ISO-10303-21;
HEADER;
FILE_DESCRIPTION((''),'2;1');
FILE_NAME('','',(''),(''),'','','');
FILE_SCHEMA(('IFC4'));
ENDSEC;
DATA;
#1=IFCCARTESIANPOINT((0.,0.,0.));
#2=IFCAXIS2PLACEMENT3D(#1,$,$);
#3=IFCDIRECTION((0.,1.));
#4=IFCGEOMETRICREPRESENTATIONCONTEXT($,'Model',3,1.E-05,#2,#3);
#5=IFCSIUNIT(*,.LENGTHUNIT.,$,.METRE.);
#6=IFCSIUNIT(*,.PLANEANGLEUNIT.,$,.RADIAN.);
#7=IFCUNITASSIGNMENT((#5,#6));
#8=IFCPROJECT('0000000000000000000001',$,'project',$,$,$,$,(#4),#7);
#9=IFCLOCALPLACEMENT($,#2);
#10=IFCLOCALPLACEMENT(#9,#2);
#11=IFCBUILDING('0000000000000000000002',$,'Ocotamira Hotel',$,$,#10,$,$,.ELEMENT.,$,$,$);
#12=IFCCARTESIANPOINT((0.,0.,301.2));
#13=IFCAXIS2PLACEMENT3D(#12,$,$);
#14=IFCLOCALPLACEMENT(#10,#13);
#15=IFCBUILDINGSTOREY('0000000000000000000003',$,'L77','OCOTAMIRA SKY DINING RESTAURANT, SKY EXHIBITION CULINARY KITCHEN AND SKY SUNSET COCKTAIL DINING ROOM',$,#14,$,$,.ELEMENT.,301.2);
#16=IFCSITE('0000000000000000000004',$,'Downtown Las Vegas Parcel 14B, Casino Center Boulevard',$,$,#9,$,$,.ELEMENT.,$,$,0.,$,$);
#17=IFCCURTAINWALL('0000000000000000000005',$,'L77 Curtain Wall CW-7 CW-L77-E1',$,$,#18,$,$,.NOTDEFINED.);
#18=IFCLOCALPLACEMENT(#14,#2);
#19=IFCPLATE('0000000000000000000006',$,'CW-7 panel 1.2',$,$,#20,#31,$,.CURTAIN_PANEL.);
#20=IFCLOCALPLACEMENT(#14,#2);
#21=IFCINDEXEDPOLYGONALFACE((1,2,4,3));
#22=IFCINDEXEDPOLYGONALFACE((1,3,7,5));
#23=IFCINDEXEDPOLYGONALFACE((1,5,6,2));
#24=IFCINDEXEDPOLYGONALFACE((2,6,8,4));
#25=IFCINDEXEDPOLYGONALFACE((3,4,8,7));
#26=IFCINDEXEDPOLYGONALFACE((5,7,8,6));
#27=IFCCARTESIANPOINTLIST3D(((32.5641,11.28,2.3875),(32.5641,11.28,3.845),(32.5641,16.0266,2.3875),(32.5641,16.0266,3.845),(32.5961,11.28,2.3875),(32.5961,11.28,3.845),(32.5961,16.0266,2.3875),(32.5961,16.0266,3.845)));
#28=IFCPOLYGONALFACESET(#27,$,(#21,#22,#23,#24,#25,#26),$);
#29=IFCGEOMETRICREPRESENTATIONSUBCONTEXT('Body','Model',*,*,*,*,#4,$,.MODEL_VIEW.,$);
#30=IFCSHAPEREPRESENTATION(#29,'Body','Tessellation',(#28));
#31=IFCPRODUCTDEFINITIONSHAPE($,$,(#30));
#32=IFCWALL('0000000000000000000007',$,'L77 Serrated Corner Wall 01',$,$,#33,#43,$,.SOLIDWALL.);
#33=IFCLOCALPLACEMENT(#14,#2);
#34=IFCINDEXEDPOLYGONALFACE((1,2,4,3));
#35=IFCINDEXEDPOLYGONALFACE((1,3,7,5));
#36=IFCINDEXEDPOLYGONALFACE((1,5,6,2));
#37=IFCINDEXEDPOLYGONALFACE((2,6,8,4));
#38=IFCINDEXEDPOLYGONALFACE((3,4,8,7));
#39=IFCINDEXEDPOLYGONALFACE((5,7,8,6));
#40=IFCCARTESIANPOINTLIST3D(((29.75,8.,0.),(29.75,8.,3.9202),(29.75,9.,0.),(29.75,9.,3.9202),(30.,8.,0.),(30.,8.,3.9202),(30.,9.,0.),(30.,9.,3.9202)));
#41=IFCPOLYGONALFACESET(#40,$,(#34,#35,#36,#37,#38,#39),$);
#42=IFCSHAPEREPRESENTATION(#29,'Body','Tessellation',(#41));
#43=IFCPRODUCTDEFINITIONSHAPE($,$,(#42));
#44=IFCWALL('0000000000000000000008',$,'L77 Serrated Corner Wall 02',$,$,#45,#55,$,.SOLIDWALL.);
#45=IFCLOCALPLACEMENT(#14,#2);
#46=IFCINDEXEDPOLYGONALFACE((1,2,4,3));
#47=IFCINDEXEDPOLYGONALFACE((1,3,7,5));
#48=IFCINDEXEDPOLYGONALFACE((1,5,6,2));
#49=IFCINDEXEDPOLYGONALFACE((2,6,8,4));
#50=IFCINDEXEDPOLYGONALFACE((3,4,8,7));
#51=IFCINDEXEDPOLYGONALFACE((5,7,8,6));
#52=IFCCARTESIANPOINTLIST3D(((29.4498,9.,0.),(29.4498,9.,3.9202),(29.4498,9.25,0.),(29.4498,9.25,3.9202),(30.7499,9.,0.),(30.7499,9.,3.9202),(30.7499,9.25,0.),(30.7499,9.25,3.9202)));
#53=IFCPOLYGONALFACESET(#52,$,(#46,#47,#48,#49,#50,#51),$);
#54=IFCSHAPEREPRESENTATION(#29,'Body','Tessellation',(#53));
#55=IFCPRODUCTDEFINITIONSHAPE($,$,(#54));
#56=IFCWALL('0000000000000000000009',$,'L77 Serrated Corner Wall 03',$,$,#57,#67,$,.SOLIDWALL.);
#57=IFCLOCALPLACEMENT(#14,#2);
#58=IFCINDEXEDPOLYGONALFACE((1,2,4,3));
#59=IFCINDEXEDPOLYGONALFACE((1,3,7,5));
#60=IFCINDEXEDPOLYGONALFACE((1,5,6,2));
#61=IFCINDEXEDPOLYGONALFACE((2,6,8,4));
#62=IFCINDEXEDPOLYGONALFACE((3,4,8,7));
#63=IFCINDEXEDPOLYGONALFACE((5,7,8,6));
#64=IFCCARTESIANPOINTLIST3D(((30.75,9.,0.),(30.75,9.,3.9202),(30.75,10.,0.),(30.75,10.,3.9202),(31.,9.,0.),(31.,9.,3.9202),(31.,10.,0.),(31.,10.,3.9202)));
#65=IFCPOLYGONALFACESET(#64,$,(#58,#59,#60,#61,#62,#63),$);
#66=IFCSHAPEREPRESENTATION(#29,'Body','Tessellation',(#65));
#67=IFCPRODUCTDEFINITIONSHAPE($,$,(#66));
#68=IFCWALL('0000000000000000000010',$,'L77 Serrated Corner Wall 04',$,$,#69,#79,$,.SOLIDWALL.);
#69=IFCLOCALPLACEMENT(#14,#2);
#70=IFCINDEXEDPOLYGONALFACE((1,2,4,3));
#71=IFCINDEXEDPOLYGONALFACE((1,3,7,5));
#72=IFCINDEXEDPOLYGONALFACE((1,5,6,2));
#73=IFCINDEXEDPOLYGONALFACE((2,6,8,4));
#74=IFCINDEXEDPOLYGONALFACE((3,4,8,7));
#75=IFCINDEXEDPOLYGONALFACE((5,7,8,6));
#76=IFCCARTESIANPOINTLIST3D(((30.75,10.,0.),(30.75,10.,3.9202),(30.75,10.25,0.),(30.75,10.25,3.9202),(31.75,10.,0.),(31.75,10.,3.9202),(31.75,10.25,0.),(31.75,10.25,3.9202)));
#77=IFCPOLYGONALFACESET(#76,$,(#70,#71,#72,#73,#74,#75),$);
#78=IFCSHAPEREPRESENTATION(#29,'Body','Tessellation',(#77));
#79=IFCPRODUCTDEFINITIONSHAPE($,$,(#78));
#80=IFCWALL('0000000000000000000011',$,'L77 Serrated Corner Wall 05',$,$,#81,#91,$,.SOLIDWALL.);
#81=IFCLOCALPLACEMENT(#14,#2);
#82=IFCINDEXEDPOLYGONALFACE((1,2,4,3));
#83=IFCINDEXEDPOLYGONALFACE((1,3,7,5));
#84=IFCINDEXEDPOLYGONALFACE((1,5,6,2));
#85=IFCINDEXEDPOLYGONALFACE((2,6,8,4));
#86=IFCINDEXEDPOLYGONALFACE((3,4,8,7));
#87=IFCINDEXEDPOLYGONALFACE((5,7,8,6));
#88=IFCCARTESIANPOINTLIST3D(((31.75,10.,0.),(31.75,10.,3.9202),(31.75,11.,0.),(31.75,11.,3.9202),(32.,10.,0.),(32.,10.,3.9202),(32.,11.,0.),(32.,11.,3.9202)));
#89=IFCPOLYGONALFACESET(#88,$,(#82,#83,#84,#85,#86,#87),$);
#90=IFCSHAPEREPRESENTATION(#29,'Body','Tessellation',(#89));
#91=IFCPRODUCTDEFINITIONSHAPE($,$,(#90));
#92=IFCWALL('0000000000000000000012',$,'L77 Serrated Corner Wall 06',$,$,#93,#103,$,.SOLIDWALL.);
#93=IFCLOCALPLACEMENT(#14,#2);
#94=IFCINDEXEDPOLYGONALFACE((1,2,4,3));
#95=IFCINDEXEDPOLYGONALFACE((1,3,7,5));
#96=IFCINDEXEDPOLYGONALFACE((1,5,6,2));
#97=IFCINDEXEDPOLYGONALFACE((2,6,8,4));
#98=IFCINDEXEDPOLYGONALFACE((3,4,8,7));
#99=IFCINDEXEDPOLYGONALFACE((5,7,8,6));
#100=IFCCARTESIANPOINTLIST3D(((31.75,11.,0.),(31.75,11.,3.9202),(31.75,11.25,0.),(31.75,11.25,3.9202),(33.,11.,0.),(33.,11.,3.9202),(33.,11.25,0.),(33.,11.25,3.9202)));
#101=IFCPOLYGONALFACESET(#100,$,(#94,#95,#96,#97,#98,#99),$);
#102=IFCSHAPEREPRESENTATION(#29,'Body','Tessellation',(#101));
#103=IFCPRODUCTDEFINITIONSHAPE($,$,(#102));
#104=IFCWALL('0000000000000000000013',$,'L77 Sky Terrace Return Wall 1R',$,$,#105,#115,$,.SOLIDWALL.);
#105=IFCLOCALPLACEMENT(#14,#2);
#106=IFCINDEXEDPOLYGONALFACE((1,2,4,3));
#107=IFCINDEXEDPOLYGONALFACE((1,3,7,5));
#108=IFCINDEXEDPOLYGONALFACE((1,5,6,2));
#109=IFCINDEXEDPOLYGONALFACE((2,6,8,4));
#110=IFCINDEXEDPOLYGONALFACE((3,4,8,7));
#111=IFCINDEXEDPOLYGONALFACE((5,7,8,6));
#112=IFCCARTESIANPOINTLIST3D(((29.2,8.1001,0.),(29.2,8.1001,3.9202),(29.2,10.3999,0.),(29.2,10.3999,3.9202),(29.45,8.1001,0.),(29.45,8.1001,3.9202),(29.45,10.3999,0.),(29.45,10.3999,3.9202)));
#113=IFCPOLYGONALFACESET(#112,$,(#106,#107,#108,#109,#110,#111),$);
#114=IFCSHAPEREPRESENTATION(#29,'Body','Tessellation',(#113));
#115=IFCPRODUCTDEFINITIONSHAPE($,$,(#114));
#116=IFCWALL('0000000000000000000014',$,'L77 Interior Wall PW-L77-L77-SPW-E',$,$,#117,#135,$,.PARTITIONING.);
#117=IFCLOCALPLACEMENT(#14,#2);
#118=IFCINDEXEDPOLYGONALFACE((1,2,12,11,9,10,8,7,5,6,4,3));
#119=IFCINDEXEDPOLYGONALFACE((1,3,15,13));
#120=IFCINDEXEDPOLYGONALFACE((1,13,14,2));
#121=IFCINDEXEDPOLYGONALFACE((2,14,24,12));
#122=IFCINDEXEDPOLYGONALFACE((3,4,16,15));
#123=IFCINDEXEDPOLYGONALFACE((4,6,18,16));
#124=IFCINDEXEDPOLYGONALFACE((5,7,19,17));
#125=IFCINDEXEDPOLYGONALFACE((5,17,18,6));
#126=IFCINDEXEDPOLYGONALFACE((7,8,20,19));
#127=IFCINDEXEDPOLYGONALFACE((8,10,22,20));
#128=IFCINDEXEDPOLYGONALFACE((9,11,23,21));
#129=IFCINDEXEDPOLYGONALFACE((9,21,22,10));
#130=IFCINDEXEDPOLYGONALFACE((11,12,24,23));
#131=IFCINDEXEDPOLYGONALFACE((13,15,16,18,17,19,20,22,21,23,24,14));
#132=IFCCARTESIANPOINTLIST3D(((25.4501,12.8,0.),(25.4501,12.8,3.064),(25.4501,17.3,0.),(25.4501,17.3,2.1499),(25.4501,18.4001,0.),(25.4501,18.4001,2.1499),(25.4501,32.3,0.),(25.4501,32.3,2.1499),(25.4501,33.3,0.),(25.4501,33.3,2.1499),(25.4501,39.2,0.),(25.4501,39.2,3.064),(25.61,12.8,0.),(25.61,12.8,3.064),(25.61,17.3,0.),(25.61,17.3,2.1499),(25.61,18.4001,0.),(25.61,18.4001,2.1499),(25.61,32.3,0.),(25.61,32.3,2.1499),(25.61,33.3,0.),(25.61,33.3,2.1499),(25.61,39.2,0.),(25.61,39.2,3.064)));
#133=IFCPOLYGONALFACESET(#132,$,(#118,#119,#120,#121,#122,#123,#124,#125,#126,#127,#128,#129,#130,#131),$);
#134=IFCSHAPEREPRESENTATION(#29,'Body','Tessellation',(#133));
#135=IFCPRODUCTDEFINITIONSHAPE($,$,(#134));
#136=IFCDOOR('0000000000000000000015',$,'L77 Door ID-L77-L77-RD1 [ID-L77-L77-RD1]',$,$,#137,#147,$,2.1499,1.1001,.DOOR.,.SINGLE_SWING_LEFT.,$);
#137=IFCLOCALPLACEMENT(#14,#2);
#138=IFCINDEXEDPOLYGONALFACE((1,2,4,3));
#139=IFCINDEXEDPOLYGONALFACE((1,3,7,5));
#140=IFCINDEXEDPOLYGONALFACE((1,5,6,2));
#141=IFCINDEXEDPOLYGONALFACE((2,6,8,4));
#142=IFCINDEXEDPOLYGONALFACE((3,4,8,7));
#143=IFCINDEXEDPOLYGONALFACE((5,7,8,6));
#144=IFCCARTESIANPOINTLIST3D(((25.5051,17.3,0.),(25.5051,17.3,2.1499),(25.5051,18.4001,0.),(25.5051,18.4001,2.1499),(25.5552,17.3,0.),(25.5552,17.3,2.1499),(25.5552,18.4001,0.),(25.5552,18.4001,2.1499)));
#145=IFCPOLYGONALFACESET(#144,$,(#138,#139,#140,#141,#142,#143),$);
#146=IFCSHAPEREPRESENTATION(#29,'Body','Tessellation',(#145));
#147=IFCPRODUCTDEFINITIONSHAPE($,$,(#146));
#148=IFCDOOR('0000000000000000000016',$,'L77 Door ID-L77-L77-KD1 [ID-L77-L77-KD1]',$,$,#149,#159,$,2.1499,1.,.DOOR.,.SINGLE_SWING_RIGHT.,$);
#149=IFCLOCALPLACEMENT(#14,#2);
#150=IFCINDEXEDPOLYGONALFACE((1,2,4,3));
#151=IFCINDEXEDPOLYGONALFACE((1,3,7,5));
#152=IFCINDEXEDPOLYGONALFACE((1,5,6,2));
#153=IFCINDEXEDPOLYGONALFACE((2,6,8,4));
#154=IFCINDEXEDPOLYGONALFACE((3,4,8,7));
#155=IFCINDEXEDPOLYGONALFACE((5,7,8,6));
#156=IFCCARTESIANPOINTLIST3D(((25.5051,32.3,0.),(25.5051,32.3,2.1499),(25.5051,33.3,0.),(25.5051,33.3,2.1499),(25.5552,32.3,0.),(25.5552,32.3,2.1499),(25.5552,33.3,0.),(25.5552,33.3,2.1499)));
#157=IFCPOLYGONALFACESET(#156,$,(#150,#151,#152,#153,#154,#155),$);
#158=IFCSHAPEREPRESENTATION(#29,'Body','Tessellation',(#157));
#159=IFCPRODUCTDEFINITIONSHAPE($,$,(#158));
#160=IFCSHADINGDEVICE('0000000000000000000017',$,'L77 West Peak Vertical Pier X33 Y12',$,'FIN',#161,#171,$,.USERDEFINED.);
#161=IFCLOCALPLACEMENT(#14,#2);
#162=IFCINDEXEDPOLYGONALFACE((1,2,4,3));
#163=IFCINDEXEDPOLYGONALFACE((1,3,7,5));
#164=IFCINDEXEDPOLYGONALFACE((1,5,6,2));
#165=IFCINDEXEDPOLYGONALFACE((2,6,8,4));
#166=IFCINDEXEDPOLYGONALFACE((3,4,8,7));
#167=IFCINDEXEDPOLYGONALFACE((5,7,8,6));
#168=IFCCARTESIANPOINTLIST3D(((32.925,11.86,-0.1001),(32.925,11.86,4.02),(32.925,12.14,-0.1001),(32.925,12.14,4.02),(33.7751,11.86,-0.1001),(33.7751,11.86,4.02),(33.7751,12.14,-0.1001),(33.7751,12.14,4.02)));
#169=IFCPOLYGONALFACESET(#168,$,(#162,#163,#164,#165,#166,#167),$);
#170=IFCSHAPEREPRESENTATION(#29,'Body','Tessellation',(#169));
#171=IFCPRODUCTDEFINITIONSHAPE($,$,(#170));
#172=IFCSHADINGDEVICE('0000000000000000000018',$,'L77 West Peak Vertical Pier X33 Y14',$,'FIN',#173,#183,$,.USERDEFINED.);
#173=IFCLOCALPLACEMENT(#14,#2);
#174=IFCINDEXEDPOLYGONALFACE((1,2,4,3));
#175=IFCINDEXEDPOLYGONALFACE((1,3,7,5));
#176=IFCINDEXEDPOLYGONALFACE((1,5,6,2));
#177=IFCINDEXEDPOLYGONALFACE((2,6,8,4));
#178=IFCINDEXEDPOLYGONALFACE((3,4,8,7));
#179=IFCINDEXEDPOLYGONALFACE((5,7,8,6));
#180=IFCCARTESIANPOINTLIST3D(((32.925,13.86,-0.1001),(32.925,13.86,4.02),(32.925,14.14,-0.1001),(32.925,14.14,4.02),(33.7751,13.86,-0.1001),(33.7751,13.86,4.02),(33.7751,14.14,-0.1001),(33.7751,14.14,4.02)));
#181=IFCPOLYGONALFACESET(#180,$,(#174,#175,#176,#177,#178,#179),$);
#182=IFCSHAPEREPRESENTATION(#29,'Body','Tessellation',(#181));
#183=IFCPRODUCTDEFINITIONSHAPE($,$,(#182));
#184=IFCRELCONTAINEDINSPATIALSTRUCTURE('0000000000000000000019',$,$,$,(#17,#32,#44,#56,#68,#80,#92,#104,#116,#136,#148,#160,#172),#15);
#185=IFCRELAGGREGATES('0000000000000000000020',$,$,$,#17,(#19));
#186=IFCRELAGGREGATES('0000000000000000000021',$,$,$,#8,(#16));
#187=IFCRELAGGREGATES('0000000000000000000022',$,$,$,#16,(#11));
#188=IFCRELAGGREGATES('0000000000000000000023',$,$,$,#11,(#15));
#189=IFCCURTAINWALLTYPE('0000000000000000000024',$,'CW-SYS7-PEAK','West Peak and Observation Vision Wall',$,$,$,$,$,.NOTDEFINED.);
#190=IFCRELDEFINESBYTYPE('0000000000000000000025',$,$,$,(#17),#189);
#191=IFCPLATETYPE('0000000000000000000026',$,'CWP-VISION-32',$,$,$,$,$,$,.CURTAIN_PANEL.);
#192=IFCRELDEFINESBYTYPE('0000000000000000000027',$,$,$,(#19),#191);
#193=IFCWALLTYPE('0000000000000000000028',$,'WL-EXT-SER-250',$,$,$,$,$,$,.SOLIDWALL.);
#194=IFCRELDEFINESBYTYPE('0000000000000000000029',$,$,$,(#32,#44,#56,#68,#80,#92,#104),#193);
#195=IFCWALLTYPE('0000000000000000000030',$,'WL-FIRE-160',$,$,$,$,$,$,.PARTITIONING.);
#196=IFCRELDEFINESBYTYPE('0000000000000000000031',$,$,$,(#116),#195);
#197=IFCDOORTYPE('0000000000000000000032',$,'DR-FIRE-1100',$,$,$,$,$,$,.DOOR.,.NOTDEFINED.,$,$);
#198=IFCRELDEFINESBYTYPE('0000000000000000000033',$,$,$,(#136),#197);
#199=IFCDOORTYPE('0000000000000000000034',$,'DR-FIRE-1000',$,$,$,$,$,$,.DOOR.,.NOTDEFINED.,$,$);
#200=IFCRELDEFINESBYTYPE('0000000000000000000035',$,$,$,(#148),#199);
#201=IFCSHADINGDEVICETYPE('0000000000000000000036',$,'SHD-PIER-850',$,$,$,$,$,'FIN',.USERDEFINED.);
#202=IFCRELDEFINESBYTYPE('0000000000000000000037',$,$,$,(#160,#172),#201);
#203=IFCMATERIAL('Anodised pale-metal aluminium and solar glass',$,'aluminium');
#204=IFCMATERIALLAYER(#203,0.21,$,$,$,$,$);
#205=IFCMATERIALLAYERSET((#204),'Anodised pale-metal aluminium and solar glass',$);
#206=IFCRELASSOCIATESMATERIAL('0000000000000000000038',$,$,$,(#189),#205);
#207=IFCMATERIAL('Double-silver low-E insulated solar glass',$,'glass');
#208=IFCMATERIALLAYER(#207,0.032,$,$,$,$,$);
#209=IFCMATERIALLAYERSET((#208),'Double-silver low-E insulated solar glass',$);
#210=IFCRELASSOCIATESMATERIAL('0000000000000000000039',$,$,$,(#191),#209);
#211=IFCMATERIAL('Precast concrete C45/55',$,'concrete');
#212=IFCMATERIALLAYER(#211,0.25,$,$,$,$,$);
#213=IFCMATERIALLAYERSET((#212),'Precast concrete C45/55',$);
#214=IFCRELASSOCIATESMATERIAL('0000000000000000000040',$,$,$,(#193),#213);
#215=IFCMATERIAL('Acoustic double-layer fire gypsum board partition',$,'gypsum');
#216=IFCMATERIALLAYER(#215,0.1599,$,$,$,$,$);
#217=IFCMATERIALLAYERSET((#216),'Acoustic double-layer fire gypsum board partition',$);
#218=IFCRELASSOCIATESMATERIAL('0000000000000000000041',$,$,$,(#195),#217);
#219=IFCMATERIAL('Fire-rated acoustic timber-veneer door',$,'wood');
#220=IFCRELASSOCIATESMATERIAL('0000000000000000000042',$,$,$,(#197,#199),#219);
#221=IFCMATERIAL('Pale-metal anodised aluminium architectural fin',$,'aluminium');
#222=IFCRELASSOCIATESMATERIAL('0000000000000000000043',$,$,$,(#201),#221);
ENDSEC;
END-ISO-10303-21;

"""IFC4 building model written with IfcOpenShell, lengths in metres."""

from ifc_helpers import new_model, si_unit, direction, frame, frame_2d, origin, origin_2d, place, context, subcontext, project, spatial, rectangle, extrude, source, transform, mapped, material, layer, layer_set, type_object, element, fill, aggregate, save


model = new_model("IFC4")

# Units and contexts
model_context = context("Model", 3, precision=1e-05, world=origin(), true_north=direction((0.0, 1.0)))
body_context = subcontext(model_context, "Body", "Model", "MODEL_VIEW")
ifc_project = project(units=[si_unit("LENGTHUNIT", "METRE"), si_unit("PLANEANGLEUNIT", "RADIAN")], contexts=[model_context])

# Site, building, storey
site_placement = place(None, origin())
site = spatial("IfcSite", under=ifc_project, at=site_placement, Name="Downtown Las Vegas Parcel 14B, Casino Center Boulevard", CompositionType="ELEMENT", RefElevation=0.0)
building_placement = place(site_placement, origin())
building = spatial("IfcBuilding", under=site, at=building_placement, Name="Ocotamira Hotel", CompositionType="ELEMENT")
storey_placement = place(building_placement, frame((0.0, 0.0, 301.2)))
storey = spatial("IfcBuildingStorey", under=building, at=storey_placement, Name="L77", Description="OCOTAMIRA SKY DINING RESTAURANT, SKY EXHIBITION CULINARY KITCHEN AND SKY SUNSET COCKTAIL DINING ROOM", CompositionType="ELEMENT", Elevation=301.2)

# Curtain wall, plate
ifc_material_1 = material(Name="Anodised pale-metal aluminium and solar glass", Category="aluminium")
ifc_layer_1 = layer(ifc_material_1, 0.21)
ifc_layer_set_1 = layer_set([ifc_layer_1], Name="Anodised pale-metal aluminium and solar glass")
curtain_wall_type = type_object("IfcCurtainWallType", Name="CW-SYS7-PEAK", Description="West Peak and Observation Vision Wall", PredefinedType="NOTDEFINED", material=ifc_layer_set_1)
curtain_wall_placement = place(storey_placement, origin())
curtain_wall = element("IfcCurtainWall", 1, at=curtain_wall_placement, inside=storey, type_object=curtain_wall_type, Name="L77 Curtain Wall CW-7 CW-L77-E1", PredefinedType="NOTDEFINED")
ifc_material_2 = material(Name="Double-silver low-E insulated solar glass", Category="glass")
ifc_layer_2 = layer(ifc_material_2, 0.032)
ifc_layer_set_2 = layer_set([ifc_layer_2], Name="Double-silver low-E insulated solar glass")
plate_type = type_object("IfcPlateType", Name="CWP-VISION-32", PredefinedType="CURTAIN_PANEL", material=ifc_layer_set_2)
shared_shape_1 = source(origin(), body_context, "Body", "SweptSolid", [
    extrude(rectangle(XDim=4.7466, YDim=0.032, at=origin_2d()), origin(), (0.0, 0.0, 1.0), 1.4575),
])
plate_1_placement = place(storey_placement, frame((32.5801, 13.6533, 2.3875), z_axis=(0.0, 0.0, 1.0), x_axis=(0.0, 1.0, 0.0)))
plate_1 = element("IfcPlate", 2, at=plate_1_placement, type_object=plate_type, Name="CW-7 panel 1.2", PredefinedType="CURTAIN_PANEL", context=body_context, shape_type="MappedRepresentation", body=[
    mapped(shared_shape_1, transform((0.0, 0.0, 0.0), scale=1.0)),
])
aggregate(curtain_wall, [plate_1])

# Walls
ifc_material_3 = material(Name="Precast concrete C45/55", Category="concrete")
ifc_layer_3 = layer(ifc_material_3, 0.25)
ifc_layer_set_3 = layer_set([ifc_layer_3], Name="Precast concrete C45/55")
wall_type_1 = type_object("IfcWallType", Name="WL-EXT-SER-250", PredefinedType="SOLIDWALL", material=ifc_layer_set_3)
wall_1_placement = place(storey_placement, frame((29.875, 8.0, 0.0), z_axis=(0.0, 0.0, 1.0), x_axis=(0.0, 1.0, 0.0)))
element("IfcWall", 3, at=wall_1_placement, inside=storey, type_object=wall_type_1, Name="L77 Serrated Corner Wall 01", PredefinedType="SOLIDWALL", context=body_context, shape_type="SweptSolid", body=[
    extrude(rectangle(XDim=1.0, YDim=0.25, at=frame_2d((0.5, 0.0))), origin(), (0.0, 0.0, 1.0), 3.9202),
])
wall_2_placement = place(storey_placement, frame((29.45, 9.125, 0.0), z_axis=(0.0, 0.0, 1.0), x_axis=(1.0, 0.0, 0.0)))
element("IfcWall", 4, at=wall_2_placement, inside=storey, type_object=wall_type_1, Name="L77 Serrated Corner Wall 02", PredefinedType="SOLIDWALL", context=body_context, shape_type="SweptSolid", body=[
    extrude(rectangle(XDim=1.3, YDim=0.25, at=frame_2d((0.6499, 0.0))), origin(), (0.0, 0.0, 1.0), 3.9202),
])
for number, where, z_axis, x_axis, name in (
    (5, (30.875, 9.0, 0.0), (0.0, 0.0, 1.0), (0.0, 1.0, 0.0), "L77 Serrated Corner Wall 03"),
    (6, (30.75, 10.125, 0.0), (0.0, 0.0, 1.0), (1.0, 0.0, 0.0), "L77 Serrated Corner Wall 04"),
    (7, (31.875, 10.0, 0.0), (0.0, 0.0, 1.0), (0.0, 1.0, 0.0), "L77 Serrated Corner Wall 05"),
):
    element("IfcWall", number, at=place(storey_placement, frame(where, z_axis=z_axis, x_axis=x_axis)), inside=storey, type_object=wall_type_1, Name=name, PredefinedType="SOLIDWALL", context=body_context, shape_type="SweptSolid", body=[
        extrude(rectangle(XDim=1.0, YDim=0.25, at=frame_2d((0.5, 0.0))), origin(), (0.0, 0.0, 1.0), 3.9202),
    ])
wall_3_placement = place(storey_placement, frame((31.75, 11.125, 0.0), z_axis=(0.0, 0.0, 1.0), x_axis=(1.0, 0.0, 0.0)))
element("IfcWall", 8, at=wall_3_placement, inside=storey, type_object=wall_type_1, Name="L77 Serrated Corner Wall 06", PredefinedType="SOLIDWALL", context=body_context, shape_type="SweptSolid", body=[
    extrude(rectangle(XDim=1.25, YDim=0.25, at=frame_2d((0.625, 0.0))), origin(), (0.0, 0.0, 1.0), 3.9202),
])
wall_4_placement = place(storey_placement, frame((29.325, 8.1001, 0.0), z_axis=(0.0, 0.0, 1.0), x_axis=(0.0, 1.0, 0.0)))
element("IfcWall", 9, at=wall_4_placement, inside=storey, type_object=wall_type_1, Name="L77 Sky Terrace Return Wall 1R", PredefinedType="SOLIDWALL", context=body_context, shape_type="SweptSolid", body=[
    extrude(rectangle(XDim=2.2998, YDim=0.25, at=frame_2d((1.1499, 0.0))), origin(), (0.0, 0.0, 1.0), 3.9202),
])

# Wall, openings, doors
ifc_material_4 = material(Name="Acoustic double-layer fire gypsum board partition", Category="gypsum")
ifc_layer_4 = layer(ifc_material_4, 0.1599)
ifc_layer_set_4 = layer_set([ifc_layer_4], Name="Acoustic double-layer fire gypsum board partition")
wall_type_2 = type_object("IfcWallType", Name="WL-FIRE-160", PredefinedType="PARTITIONING", material=ifc_layer_set_4)
wall_5_placement = place(storey_placement, frame((25.53, 12.8, 0.0), z_axis=(0.0, 0.0, 1.0), x_axis=(0.0, 1.0, 0.0)))
wall_5 = element("IfcWall", 10, at=wall_5_placement, inside=storey, type_object=wall_type_2, Name="L77 Interior Wall PW-L77-L77-SPW-E", PredefinedType="PARTITIONING", context=body_context, shape_type="SweptSolid", body=[
    extrude(rectangle(XDim=26.3999, YDim=0.1599, at=frame_2d((13.2, 0.0))), origin(), (0.0, 0.0, 1.0), 3.064),
])
opening_1_placement = place(wall_5_placement, frame((4.5, 0.0, 0.0)))
opening_1 = element("IfcOpeningElement", 11, at=opening_1_placement, cuts=wall_5, PredefinedType="OPENING", context=body_context, shape_type="SweptSolid", body=[
    extrude(rectangle(XDim=1.1001, YDim=2.1499, at=frame_2d((0.55, 1.075))), frame((0.0, 0.0898, 0.0), z_axis=(0.0, -1.0, 0.0), x_axis=(1.0, 0.0, 0.0)), (0.0, 0.0, 1.0), 0.1799),
])
opening_2_placement = place(wall_5_placement, frame((19.5, 0.0, 0.0)))
opening_2 = element("IfcOpeningElement", 12, at=opening_2_placement, cuts=wall_5, PredefinedType="OPENING", context=body_context, shape_type="SweptSolid", body=[
    extrude(rectangle(XDim=1.0, YDim=2.1499, at=frame_2d((0.5, 1.075))), frame((0.0, 0.0898, 0.0), z_axis=(0.0, -1.0, 0.0), x_axis=(1.0, 0.0, 0.0)), (0.0, 0.0, 1.0), 0.1799),
])
ifc_material_5 = material(Name="Fire-rated acoustic timber-veneer door", Category="wood")
door_type_1 = type_object("IfcDoorType", Name="DR-FIRE-1100", OperationType="NOTDEFINED", PredefinedType="DOOR", material=ifc_material_5)
shared_shape_2 = source(origin(), body_context, "Body", "SweptSolid", [
    extrude(rectangle(XDim=1.1001, YDim=2.1499, at=frame_2d((0.55, 1.075))), frame((0.0, 0.0249, 0.0), z_axis=(0.0, -1.0, 0.0), x_axis=(1.0, 0.0, 0.0)), (0.0, 0.0, 1.0), 0.05),
])
door_1_placement = place(opening_1_placement, origin())
door_1 = element("IfcDoor", 13, at=door_1_placement, inside=storey, type_object=door_type_1, Name="L77 Door ID-L77-L77-RD1 [ID-L77-L77-RD1]", OperationType="SINGLE_SWING_LEFT", OverallHeight=2.1499, OverallWidth=1.1001, PredefinedType="DOOR", context=body_context, shape_type="MappedRepresentation", body=[
    mapped(shared_shape_2, transform((0.0, 0.0, 0.0), scale=1.0)),
])
fill(opening_1, door_1)
door_type_2 = type_object("IfcDoorType", Name="DR-FIRE-1000", OperationType="NOTDEFINED", PredefinedType="DOOR", material=ifc_material_5)
shared_shape_3 = source(origin(), body_context, "Body", "SweptSolid", [
    extrude(rectangle(XDim=1.0, YDim=2.1499, at=frame_2d((0.5, 1.075))), frame((0.0, 0.0249, 0.0), z_axis=(0.0, -1.0, 0.0), x_axis=(1.0, 0.0, 0.0)), (0.0, 0.0, 1.0), 0.05),
])
door_2_placement = place(opening_2_placement, origin())
door_2 = element("IfcDoor", 14, at=door_2_placement, inside=storey, type_object=door_type_2, Name="L77 Door ID-L77-L77-KD1 [ID-L77-L77-KD1]", OperationType="SINGLE_SWING_RIGHT", OverallHeight=2.1499, OverallWidth=1.0, PredefinedType="DOOR", context=body_context, shape_type="MappedRepresentation", body=[
    mapped(shared_shape_3, transform((0.0, 0.0, 0.0), scale=1.0)),
])
fill(opening_2, door_2)

# Shading devices
ifc_material_6 = material(Name="Pale-metal anodised aluminium architectural fin", Category="aluminium")
shading_device_type = type_object("IfcShadingDeviceType", Name="SHD-PIER-850", ElementType="FIN", PredefinedType="USERDEFINED", material=ifc_material_6)
shared_shape_4 = source(origin(), body_context, "Body", "SweptSolid", [
    extrude(rectangle(XDim=0.8501, YDim=0.28, at=origin_2d()), origin(), (0.0, 0.0, 1.0), 4.1201),
])
for number, where, z_axis, x_axis, name in (
    (15, (33.3501, 12.0, -0.1001), (0.0, 0.0, 1.0), (1.0, 0.0, 0.0), "L77 West Peak Vertical Pier X33 Y12"),
    (16, (33.3501, 14.0, -0.1001), (0.0, 0.0, 1.0), (1.0, 0.0, 0.0), "L77 West Peak Vertical Pier X33 Y14"),
):
    element("IfcShadingDevice", number, at=place(storey_placement, frame(where, z_axis=z_axis, x_axis=x_axis)), inside=storey, type_object=shading_device_type, Name=name, ObjectType="FIN", PredefinedType="USERDEFINED", context=body_context, shape_type="MappedRepresentation", body=[
        mapped(shared_shape_4, transform((0.0, 0.0, 0.0), scale=1.0)),
    ])

save(model, "model.ifc")
